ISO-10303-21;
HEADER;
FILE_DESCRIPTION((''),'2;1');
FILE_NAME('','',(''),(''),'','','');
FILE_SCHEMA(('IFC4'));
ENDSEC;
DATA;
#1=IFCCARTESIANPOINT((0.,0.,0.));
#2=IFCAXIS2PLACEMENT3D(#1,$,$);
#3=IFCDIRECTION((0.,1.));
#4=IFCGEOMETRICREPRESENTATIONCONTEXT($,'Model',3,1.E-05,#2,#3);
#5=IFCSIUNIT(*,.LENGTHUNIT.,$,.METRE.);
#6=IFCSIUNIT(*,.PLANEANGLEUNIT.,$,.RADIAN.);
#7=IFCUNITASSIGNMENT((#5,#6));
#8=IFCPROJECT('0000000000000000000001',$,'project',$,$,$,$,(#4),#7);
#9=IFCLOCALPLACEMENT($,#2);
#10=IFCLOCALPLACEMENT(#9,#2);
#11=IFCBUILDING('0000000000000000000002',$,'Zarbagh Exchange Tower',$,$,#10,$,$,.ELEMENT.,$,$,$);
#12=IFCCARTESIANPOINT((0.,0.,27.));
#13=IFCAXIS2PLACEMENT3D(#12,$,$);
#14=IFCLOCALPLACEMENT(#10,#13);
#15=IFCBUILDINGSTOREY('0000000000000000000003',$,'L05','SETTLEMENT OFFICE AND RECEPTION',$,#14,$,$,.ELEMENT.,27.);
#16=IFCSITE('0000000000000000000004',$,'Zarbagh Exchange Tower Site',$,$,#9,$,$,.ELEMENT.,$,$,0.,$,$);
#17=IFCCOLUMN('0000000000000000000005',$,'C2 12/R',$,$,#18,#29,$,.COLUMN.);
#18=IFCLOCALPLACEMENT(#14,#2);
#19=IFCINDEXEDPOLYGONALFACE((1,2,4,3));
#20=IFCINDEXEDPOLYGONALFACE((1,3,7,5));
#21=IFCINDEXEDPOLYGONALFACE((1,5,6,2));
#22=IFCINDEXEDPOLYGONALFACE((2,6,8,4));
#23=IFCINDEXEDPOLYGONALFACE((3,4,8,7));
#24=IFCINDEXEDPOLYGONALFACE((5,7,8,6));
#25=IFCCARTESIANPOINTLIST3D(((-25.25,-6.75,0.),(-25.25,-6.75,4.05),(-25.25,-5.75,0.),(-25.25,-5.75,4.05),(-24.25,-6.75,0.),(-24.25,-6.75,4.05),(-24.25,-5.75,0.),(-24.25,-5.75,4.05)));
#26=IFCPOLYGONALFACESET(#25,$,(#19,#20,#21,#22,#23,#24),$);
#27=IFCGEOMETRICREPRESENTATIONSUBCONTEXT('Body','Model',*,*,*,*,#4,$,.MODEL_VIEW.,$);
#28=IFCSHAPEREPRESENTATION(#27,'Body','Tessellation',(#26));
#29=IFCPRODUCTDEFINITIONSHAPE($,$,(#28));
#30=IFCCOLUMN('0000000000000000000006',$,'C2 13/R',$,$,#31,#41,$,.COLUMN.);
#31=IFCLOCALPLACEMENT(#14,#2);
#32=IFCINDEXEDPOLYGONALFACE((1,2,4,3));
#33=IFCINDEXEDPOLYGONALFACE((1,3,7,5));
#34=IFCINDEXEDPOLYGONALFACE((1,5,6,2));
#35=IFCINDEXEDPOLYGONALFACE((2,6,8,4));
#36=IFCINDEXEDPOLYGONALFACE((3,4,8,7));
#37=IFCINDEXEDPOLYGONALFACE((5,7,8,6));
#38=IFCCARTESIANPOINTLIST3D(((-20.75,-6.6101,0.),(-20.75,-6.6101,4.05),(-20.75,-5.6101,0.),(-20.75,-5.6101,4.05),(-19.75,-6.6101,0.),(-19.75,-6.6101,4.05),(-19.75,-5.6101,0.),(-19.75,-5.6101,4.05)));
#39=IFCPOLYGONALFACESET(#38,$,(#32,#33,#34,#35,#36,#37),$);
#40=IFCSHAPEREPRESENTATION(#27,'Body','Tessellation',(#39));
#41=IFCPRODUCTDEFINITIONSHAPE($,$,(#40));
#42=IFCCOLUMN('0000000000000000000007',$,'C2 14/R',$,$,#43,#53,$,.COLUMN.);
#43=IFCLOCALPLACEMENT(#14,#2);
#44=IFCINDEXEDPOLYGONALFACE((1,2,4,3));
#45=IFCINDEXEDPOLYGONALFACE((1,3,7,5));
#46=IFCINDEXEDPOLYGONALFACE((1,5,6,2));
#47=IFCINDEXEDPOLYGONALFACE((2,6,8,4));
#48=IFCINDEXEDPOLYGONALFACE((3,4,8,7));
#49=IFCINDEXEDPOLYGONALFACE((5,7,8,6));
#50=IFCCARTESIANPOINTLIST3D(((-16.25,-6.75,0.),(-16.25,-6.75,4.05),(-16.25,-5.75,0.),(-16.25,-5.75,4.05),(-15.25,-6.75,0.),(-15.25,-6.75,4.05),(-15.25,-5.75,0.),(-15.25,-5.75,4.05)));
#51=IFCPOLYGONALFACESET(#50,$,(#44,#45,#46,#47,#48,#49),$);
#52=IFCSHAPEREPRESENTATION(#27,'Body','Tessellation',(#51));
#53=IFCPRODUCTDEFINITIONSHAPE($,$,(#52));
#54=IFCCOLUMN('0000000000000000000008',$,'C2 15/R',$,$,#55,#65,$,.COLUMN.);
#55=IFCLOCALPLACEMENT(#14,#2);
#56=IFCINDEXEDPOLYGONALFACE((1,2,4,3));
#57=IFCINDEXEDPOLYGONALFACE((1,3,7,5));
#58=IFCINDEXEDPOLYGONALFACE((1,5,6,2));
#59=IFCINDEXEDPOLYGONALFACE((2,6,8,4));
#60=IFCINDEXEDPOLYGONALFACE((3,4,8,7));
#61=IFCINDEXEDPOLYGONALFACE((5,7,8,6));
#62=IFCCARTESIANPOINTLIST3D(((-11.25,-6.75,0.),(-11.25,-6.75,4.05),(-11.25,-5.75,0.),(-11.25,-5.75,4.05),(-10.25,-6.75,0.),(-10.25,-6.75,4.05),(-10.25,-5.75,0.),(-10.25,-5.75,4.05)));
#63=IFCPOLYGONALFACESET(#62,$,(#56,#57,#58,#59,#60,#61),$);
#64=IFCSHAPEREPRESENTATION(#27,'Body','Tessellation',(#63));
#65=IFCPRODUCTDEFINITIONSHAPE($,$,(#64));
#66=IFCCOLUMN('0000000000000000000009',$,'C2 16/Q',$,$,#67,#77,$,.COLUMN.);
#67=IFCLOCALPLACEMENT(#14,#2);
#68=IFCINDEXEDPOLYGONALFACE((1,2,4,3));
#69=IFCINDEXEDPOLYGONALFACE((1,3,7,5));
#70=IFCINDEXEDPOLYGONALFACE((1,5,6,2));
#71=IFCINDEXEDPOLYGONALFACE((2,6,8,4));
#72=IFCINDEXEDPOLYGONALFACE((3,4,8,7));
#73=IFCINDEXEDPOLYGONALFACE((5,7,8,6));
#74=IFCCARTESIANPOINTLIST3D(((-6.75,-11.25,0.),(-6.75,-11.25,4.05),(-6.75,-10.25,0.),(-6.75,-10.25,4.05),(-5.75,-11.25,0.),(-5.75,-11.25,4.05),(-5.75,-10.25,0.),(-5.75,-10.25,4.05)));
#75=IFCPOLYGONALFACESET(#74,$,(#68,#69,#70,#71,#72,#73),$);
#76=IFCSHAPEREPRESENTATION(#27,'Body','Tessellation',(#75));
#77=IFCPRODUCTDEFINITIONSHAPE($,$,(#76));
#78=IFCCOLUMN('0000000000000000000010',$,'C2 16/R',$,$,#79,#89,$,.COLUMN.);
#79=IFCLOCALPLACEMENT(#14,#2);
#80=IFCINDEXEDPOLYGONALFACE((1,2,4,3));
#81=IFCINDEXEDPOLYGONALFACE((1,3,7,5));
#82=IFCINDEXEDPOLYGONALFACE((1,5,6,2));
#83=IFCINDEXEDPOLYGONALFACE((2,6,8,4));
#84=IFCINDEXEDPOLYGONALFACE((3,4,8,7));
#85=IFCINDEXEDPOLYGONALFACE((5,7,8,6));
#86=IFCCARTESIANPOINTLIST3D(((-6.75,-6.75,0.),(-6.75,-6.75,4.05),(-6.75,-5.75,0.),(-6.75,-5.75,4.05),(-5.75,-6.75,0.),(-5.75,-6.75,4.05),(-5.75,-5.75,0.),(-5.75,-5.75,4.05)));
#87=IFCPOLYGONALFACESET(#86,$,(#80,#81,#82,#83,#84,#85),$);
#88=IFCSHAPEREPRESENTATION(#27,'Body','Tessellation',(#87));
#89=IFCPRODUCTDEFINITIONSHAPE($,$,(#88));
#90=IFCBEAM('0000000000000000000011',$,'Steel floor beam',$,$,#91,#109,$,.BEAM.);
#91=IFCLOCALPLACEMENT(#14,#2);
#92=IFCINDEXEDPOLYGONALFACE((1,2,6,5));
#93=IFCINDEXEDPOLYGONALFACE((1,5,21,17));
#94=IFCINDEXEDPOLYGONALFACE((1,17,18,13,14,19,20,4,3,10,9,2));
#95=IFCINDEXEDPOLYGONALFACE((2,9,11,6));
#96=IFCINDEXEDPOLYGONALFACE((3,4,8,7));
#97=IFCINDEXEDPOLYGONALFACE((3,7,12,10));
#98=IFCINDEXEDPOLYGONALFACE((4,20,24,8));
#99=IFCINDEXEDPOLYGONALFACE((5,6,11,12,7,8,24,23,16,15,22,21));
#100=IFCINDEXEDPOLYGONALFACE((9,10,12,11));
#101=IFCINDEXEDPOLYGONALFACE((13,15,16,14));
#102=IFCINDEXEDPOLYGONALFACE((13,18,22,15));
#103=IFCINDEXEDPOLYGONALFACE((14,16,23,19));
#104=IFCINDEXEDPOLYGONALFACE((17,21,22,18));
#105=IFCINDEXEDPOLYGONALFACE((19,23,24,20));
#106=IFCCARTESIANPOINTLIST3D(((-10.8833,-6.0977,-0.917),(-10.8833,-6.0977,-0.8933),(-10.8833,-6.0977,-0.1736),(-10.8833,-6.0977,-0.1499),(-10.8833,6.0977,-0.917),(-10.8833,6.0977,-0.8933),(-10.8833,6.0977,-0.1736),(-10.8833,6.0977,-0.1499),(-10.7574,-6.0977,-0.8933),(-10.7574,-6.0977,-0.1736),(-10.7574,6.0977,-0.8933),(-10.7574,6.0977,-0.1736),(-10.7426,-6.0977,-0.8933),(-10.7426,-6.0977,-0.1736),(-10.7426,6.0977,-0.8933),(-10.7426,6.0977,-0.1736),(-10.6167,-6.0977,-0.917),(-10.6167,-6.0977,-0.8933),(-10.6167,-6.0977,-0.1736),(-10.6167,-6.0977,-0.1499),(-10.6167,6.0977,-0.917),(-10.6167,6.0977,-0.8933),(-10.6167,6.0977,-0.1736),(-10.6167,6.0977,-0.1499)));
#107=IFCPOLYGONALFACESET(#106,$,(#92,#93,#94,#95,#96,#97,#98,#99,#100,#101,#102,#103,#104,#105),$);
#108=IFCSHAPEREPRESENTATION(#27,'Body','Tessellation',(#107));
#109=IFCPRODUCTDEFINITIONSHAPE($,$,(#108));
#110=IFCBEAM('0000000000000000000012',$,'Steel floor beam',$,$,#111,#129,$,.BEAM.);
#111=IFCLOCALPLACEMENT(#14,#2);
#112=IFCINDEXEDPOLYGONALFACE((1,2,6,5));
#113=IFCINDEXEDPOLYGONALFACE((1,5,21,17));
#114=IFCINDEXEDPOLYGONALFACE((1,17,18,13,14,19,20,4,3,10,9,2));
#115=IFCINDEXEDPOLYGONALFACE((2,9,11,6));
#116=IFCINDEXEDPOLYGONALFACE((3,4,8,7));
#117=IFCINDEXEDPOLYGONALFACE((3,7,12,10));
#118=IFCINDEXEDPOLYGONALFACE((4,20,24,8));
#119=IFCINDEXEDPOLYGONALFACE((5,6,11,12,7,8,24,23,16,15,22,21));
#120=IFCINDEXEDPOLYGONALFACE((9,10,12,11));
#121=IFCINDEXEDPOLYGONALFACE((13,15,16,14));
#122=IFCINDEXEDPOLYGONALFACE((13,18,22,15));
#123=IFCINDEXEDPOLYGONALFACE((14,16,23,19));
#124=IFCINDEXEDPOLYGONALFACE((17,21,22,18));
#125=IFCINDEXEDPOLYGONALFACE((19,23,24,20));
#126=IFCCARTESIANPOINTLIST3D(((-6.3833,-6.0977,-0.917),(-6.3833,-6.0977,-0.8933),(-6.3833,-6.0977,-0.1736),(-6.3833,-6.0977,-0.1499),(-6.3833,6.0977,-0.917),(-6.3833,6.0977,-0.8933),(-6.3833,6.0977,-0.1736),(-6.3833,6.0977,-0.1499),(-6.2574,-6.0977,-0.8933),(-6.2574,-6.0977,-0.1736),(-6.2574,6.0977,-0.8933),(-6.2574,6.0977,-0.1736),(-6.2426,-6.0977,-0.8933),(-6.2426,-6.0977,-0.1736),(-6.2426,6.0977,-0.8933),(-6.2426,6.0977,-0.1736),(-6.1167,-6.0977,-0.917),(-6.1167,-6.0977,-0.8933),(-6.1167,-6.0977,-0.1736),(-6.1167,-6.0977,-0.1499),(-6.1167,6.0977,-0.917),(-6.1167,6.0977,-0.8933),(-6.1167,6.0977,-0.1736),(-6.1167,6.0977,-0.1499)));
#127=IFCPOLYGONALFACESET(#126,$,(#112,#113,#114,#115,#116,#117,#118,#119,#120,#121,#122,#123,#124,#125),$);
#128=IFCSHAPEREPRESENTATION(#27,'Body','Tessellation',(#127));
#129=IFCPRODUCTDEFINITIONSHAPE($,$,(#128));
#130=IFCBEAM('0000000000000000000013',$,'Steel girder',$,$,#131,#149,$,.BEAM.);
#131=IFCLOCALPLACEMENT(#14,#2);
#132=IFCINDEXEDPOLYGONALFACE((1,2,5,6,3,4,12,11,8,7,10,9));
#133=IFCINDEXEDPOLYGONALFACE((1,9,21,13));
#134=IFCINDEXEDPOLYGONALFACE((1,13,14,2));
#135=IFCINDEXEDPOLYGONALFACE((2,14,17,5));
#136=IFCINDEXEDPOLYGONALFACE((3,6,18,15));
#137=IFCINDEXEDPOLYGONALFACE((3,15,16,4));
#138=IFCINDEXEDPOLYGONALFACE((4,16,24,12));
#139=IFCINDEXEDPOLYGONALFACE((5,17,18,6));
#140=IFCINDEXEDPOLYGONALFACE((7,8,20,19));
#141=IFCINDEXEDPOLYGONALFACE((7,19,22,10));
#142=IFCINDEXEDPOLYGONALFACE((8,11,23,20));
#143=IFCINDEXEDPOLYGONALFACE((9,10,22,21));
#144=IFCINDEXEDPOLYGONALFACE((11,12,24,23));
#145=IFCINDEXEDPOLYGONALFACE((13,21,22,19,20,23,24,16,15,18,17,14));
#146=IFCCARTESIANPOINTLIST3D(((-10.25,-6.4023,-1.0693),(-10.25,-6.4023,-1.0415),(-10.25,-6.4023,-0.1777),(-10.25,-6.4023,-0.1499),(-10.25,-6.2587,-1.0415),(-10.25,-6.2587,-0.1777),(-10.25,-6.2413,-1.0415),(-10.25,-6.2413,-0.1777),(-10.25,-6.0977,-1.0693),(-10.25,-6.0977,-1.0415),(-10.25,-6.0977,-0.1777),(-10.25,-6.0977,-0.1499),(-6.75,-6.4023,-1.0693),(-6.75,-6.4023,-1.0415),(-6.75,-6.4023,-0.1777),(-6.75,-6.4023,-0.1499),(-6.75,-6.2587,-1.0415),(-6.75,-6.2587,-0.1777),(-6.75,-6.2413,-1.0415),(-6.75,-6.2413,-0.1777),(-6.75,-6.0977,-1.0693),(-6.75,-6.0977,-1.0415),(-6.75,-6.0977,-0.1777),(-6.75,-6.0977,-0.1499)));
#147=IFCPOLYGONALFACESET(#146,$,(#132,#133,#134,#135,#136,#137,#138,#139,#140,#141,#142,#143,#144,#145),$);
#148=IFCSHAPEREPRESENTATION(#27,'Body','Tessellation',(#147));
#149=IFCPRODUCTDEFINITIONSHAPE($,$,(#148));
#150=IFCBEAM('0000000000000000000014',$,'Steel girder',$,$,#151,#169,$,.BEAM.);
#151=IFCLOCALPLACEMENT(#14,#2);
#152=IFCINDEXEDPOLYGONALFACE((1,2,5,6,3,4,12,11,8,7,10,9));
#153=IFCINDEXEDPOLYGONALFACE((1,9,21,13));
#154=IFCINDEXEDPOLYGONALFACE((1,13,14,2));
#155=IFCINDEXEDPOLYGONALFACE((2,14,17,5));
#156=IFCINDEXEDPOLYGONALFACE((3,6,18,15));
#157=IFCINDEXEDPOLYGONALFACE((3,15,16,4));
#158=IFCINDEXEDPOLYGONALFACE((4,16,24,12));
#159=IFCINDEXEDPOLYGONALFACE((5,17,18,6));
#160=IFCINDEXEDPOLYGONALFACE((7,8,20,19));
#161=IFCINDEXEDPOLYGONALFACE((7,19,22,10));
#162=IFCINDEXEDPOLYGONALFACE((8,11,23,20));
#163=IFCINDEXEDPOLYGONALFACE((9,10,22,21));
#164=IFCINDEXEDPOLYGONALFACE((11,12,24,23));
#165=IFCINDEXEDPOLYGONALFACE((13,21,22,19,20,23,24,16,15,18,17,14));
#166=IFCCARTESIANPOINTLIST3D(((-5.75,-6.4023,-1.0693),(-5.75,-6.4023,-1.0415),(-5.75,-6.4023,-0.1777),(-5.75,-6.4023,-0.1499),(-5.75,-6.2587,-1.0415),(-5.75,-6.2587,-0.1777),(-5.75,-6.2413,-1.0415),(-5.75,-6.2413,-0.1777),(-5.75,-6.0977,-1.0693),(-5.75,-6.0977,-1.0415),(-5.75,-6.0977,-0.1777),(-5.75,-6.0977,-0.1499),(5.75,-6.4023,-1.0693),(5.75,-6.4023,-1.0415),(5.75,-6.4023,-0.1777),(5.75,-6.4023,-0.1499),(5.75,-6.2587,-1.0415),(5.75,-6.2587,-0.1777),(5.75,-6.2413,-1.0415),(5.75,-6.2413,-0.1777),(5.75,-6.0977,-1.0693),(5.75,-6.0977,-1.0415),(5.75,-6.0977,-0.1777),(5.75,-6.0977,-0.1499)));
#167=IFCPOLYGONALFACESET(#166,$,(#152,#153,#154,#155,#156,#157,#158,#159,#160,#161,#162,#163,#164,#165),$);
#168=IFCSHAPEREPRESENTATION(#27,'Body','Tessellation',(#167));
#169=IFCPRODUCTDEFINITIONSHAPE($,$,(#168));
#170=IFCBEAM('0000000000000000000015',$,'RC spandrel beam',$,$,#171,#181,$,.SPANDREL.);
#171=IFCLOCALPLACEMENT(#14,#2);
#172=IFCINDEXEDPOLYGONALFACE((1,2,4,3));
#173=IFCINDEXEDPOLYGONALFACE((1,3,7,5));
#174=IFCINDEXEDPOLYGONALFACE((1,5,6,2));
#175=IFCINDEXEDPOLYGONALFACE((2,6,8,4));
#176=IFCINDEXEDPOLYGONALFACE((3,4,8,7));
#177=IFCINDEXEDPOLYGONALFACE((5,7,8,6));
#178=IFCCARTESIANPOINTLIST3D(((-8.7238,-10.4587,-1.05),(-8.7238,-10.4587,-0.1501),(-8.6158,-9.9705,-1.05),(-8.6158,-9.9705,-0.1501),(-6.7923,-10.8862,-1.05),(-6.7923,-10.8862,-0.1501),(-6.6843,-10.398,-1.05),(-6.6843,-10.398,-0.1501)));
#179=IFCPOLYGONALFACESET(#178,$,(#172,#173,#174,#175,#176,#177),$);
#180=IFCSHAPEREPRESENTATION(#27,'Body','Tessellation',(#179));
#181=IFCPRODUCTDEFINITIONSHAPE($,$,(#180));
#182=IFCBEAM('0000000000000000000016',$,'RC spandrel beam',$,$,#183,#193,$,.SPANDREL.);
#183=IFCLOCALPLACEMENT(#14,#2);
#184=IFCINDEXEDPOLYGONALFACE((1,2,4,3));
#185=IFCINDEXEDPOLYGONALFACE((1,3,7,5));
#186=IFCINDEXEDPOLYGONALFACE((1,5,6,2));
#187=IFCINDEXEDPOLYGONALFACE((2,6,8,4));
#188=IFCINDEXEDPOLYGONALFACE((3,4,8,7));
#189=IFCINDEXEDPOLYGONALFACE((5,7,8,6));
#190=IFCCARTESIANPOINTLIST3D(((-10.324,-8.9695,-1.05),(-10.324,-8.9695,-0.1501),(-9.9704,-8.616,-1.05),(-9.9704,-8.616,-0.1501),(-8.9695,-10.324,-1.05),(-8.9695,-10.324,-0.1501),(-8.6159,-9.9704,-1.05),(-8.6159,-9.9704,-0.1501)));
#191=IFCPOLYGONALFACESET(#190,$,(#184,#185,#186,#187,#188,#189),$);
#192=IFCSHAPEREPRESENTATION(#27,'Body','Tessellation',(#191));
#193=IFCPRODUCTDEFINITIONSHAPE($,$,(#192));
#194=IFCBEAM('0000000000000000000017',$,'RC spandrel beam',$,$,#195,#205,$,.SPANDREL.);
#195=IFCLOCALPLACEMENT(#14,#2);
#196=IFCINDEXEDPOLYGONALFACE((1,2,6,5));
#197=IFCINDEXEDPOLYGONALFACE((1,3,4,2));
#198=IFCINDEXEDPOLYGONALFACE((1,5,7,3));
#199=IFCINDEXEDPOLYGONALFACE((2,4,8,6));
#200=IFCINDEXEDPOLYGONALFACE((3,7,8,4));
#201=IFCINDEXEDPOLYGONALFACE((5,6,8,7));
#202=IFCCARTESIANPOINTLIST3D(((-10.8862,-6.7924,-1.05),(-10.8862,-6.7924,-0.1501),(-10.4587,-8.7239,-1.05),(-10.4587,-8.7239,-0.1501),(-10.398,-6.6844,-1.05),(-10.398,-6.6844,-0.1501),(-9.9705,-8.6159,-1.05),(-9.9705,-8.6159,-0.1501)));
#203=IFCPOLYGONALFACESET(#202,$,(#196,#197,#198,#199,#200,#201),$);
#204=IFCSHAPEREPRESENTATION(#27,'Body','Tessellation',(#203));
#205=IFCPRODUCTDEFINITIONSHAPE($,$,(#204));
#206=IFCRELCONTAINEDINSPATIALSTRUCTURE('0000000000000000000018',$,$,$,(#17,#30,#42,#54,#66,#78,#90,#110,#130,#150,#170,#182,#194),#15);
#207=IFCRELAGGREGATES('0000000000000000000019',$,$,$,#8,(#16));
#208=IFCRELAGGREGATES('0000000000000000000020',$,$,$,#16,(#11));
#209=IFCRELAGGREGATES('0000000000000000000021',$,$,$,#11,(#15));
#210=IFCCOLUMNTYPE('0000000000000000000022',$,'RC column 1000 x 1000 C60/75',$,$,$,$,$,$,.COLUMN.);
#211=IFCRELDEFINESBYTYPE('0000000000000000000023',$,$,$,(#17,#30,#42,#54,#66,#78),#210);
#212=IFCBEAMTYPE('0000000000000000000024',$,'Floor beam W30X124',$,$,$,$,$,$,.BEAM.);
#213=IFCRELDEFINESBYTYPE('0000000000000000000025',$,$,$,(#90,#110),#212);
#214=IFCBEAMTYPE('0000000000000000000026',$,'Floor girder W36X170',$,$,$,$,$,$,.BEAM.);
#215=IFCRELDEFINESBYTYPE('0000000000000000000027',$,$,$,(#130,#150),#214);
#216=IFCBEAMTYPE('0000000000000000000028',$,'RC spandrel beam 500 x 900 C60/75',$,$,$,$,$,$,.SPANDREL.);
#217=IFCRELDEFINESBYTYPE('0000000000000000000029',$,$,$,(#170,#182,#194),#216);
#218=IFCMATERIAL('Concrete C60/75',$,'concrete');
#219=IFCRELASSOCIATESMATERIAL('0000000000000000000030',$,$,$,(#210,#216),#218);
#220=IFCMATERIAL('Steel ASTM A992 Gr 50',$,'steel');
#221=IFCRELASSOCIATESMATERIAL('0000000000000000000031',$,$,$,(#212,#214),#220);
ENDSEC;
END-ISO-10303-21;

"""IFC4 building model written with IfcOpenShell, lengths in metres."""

from ifc_helpers import new_model, si_unit, direction, frame, origin, origin_2d, place, context, subcontext, project, spatial, rectangle, i_section, extrude, material, material_profile, profile_set, type_object, element, save


model = new_model("IFC4")

# Units and contexts
model_context = context("Model", 3, precision=1e-05, world=origin(), true_north=direction((0.0, 1.0)))
body_context = subcontext(model_context, "Body", "Model", "MODEL_VIEW")
ifc_project = project(units=[si_unit("LENGTHUNIT", "METRE"), si_unit("PLANEANGLEUNIT", "RADIAN")], contexts=[model_context])

# Site, building, storey
site_placement = place(None, origin())
site = spatial("IfcSite", under=ifc_project, at=site_placement, Name="Zarbagh Exchange Tower Site", CompositionType="ELEMENT", RefElevation=0.0)
building_placement = place(site_placement, origin())
building = spatial("IfcBuilding", under=site, at=building_placement, Name="Zarbagh Exchange Tower", CompositionType="ELEMENT")
storey_placement = place(building_placement, frame((0.0, 0.0, 27.0)))
storey = spatial("IfcBuildingStorey", under=building, at=storey_placement, Name="L05", Description="SETTLEMENT OFFICE AND RECEPTION", CompositionType="ELEMENT", Elevation=27.0)

# Columns
ifc_material_1 = material(Name="Concrete C60/75", Category="concrete")
ifc_material_profile_1 = material_profile(ifc_material_1, rectangle(XDim=1.0, YDim=1.0, at=origin_2d()), Name="RC column 1000 x 1000 C60/75")
ifc_profile_set_1 = profile_set([ifc_material_profile_1], Name="Concrete C60/75")
column_type = type_object("IfcColumnType", Name="RC column 1000 x 1000 C60/75", PredefinedType="COLUMN", material=ifc_profile_set_1)
for number, where, z_axis, x_axis, name in (
    (1, (-24.75, -6.25, 0.0), (0.0, 0.0, 1.0), (1.0, 0.0, 0.0), "C2 12/R"),
    (2, (-20.25, -6.1101, 0.0), (0.0, 0.0, 1.0), (1.0, 0.0, 0.0), "C2 13/R"),
    (3, (-15.75, -6.25, 0.0), (0.0, 0.0, 1.0), (1.0, 0.0, 0.0), "C2 14/R"),
    (4, (-10.75, -6.25, 0.0), (0.0, 0.0, 1.0), (1.0, 0.0, 0.0), "C2 15/R"),
    (5, (-6.25, -10.75, 0.0), (0.0, 0.0, 1.0), (1.0, 0.0, 0.0), "C2 16/Q"),
    (6, (-6.25, -6.25, 0.0), (0.0, 0.0, 1.0), (1.0, 0.0, 0.0), "C2 16/R"),
):
    element("IfcColumn", number, at=place(storey_placement, frame(where, z_axis=z_axis, x_axis=x_axis)), inside=storey, type_object=column_type, Name=name, PredefinedType="COLUMN", context=body_context, shape_type="SweptSolid", body=[
        extrude(rectangle(XDim=1.0, YDim=1.0, at=origin_2d()), origin(), (0.0, 0.0, 1.0), 4.05),
    ])

# Beams
ifc_material_2 = material(Name="Steel ASTM A992 Gr 50", Category="steel")
ifc_material_profile_2 = material_profile(ifc_material_2, i_section(OverallWidth=0.2666, OverallDepth=0.7671, WebThickness=0.0149, FlangeThickness=0.0237, at=origin_2d()), Name="W30X124")
ifc_profile_set_2 = profile_set([ifc_material_profile_2], Name="Steel ASTM A992 Gr 50")
beam_type_1 = type_object("IfcBeamType", Name="Floor beam W30X124", PredefinedType="BEAM", material=ifc_profile_set_2)
for number, where, z_axis, x_axis, name in (
    (7, (-10.75, -6.0977, -0.5334), (0.0, 1.0, 0.0), (-1.0, 0.0, 0.0), "Steel floor beam"),
    (8, (-6.25, -6.0977, -0.5334), (0.0, 1.0, 0.0), (-1.0, 0.0, 0.0), "Steel floor beam"),
):
    element("IfcBeam", number, at=place(storey_placement, frame(where, z_axis=z_axis, x_axis=x_axis)), inside=storey, type_object=beam_type_1, Name=name, PredefinedType="BEAM", context=body_context, shape_type="SweptSolid", body=[
        extrude(i_section(OverallWidth=0.2666, OverallDepth=0.7671, WebThickness=0.0149, FlangeThickness=0.0237, at=origin_2d()), origin(), (0.0, 0.0, 1.0), 12.1953),
    ])
ifc_material_profile_3 = material_profile(ifc_material_2, i_section(OverallWidth=0.3047, OverallDepth=0.9194, WebThickness=0.0173, FlangeThickness=0.0278, at=origin_2d()), Name="W36X170")
ifc_profile_set_3 = profile_set([ifc_material_profile_3], Name="Steel ASTM A992 Gr 50")
beam_type_2 = type_object("IfcBeamType", Name="Floor girder W36X170", PredefinedType="BEAM", material=ifc_profile_set_3)
beam_1_placement = place(storey_placement, frame((-10.25, -6.25, -0.6096), z_axis=(1.0, 0.0, 0.0), x_axis=(0.0, 1.0, 0.0)))
element("IfcBeam", 9, at=beam_1_placement, inside=storey, type_object=beam_type_2, Name="Steel girder", PredefinedType="BEAM", context=body_context, shape_type="SweptSolid", body=[
    extrude(i_section(OverallWidth=0.3047, OverallDepth=0.9194, WebThickness=0.0173, FlangeThickness=0.0278, at=origin_2d()), origin(), (0.0, 0.0, 1.0), 3.5),
])
beam_2_placement = place(storey_placement, frame((-5.75, -6.25, -0.6096), z_axis=(1.0, 0.0, 0.0), x_axis=(0.0, 1.0, 0.0)))
element("IfcBeam", 10, at=beam_2_placement, inside=storey, type_object=beam_type_2, Name="Steel girder", PredefinedType="BEAM", context=body_context, shape_type="SweptSolid", body=[
    extrude(i_section(OverallWidth=0.3047, OverallDepth=0.9194, WebThickness=0.0173, FlangeThickness=0.0278, at=origin_2d()), origin(), (0.0, 0.0, 1.0), 11.5),
])
ifc_material_profile_4 = material_profile(ifc_material_1, rectangle(XDim=0.5, YDim=0.8999, at=origin_2d()), Name="RC spandrel beam 500 x 900 C60/75")
ifc_profile_set_4 = profile_set([ifc_material_profile_4], Name="Concrete C60/75")
beam_type_3 = type_object("IfcBeamType", Name="RC spandrel beam 500 x 900 C60/75", PredefinedType="SPANDREL", material=ifc_profile_set_4)
beam_3_placement = place(storey_placement, frame((-6.7383, -10.6421, -0.6001), z_axis=(-0.976375, 0.216081, 0.0), x_axis=(-0.216081, -0.976375, 0.0)))
element("IfcBeam", 11, at=beam_3_placement, inside=storey, type_object=beam_type_3, Name="RC spandrel beam", PredefinedType="SPANDREL", context=body_context, shape_type="SweptSolid", body=[
    extrude(rectangle(XDim=0.5, YDim=0.8999, at=origin_2d()), origin(), (0.0, 0.0, 1.0), 1.9783),
])
beam_4_placement = place(storey_placement, frame((-8.7927, -10.1472, -0.6001), z_axis=(-0.707107, 0.707107, 0.0), x_axis=(-0.707107, -0.707107, 0.0)))
element("IfcBeam", 12, at=beam_4_placement, inside=storey, type_object=beam_type_3, Name="RC spandrel beam", PredefinedType="SPANDREL", context=body_context, shape_type="SweptSolid", body=[
    extrude(rectangle(XDim=0.5, YDim=0.8999, at=origin_2d()), origin(), (0.0, 0.0, 1.0), 1.9155),
])
beam_5_placement = place(storey_placement, frame((-10.2146, -8.6699, -0.6001), z_axis=(-0.216081, 0.976375, 0.0), x_axis=(-0.976375, -0.216081, 0.0)))
element("IfcBeam", 13, at=beam_5_placement, inside=storey, type_object=beam_type_3, Name="RC spandrel beam", PredefinedType="SPANDREL", context=body_context, shape_type="SweptSolid", body=[
    extrude(rectangle(XDim=0.5, YDim=0.8999, at=origin_2d()), origin(), (0.0, 0.0, 1.0), 1.9783),
])

save(model, "model.ifc")
